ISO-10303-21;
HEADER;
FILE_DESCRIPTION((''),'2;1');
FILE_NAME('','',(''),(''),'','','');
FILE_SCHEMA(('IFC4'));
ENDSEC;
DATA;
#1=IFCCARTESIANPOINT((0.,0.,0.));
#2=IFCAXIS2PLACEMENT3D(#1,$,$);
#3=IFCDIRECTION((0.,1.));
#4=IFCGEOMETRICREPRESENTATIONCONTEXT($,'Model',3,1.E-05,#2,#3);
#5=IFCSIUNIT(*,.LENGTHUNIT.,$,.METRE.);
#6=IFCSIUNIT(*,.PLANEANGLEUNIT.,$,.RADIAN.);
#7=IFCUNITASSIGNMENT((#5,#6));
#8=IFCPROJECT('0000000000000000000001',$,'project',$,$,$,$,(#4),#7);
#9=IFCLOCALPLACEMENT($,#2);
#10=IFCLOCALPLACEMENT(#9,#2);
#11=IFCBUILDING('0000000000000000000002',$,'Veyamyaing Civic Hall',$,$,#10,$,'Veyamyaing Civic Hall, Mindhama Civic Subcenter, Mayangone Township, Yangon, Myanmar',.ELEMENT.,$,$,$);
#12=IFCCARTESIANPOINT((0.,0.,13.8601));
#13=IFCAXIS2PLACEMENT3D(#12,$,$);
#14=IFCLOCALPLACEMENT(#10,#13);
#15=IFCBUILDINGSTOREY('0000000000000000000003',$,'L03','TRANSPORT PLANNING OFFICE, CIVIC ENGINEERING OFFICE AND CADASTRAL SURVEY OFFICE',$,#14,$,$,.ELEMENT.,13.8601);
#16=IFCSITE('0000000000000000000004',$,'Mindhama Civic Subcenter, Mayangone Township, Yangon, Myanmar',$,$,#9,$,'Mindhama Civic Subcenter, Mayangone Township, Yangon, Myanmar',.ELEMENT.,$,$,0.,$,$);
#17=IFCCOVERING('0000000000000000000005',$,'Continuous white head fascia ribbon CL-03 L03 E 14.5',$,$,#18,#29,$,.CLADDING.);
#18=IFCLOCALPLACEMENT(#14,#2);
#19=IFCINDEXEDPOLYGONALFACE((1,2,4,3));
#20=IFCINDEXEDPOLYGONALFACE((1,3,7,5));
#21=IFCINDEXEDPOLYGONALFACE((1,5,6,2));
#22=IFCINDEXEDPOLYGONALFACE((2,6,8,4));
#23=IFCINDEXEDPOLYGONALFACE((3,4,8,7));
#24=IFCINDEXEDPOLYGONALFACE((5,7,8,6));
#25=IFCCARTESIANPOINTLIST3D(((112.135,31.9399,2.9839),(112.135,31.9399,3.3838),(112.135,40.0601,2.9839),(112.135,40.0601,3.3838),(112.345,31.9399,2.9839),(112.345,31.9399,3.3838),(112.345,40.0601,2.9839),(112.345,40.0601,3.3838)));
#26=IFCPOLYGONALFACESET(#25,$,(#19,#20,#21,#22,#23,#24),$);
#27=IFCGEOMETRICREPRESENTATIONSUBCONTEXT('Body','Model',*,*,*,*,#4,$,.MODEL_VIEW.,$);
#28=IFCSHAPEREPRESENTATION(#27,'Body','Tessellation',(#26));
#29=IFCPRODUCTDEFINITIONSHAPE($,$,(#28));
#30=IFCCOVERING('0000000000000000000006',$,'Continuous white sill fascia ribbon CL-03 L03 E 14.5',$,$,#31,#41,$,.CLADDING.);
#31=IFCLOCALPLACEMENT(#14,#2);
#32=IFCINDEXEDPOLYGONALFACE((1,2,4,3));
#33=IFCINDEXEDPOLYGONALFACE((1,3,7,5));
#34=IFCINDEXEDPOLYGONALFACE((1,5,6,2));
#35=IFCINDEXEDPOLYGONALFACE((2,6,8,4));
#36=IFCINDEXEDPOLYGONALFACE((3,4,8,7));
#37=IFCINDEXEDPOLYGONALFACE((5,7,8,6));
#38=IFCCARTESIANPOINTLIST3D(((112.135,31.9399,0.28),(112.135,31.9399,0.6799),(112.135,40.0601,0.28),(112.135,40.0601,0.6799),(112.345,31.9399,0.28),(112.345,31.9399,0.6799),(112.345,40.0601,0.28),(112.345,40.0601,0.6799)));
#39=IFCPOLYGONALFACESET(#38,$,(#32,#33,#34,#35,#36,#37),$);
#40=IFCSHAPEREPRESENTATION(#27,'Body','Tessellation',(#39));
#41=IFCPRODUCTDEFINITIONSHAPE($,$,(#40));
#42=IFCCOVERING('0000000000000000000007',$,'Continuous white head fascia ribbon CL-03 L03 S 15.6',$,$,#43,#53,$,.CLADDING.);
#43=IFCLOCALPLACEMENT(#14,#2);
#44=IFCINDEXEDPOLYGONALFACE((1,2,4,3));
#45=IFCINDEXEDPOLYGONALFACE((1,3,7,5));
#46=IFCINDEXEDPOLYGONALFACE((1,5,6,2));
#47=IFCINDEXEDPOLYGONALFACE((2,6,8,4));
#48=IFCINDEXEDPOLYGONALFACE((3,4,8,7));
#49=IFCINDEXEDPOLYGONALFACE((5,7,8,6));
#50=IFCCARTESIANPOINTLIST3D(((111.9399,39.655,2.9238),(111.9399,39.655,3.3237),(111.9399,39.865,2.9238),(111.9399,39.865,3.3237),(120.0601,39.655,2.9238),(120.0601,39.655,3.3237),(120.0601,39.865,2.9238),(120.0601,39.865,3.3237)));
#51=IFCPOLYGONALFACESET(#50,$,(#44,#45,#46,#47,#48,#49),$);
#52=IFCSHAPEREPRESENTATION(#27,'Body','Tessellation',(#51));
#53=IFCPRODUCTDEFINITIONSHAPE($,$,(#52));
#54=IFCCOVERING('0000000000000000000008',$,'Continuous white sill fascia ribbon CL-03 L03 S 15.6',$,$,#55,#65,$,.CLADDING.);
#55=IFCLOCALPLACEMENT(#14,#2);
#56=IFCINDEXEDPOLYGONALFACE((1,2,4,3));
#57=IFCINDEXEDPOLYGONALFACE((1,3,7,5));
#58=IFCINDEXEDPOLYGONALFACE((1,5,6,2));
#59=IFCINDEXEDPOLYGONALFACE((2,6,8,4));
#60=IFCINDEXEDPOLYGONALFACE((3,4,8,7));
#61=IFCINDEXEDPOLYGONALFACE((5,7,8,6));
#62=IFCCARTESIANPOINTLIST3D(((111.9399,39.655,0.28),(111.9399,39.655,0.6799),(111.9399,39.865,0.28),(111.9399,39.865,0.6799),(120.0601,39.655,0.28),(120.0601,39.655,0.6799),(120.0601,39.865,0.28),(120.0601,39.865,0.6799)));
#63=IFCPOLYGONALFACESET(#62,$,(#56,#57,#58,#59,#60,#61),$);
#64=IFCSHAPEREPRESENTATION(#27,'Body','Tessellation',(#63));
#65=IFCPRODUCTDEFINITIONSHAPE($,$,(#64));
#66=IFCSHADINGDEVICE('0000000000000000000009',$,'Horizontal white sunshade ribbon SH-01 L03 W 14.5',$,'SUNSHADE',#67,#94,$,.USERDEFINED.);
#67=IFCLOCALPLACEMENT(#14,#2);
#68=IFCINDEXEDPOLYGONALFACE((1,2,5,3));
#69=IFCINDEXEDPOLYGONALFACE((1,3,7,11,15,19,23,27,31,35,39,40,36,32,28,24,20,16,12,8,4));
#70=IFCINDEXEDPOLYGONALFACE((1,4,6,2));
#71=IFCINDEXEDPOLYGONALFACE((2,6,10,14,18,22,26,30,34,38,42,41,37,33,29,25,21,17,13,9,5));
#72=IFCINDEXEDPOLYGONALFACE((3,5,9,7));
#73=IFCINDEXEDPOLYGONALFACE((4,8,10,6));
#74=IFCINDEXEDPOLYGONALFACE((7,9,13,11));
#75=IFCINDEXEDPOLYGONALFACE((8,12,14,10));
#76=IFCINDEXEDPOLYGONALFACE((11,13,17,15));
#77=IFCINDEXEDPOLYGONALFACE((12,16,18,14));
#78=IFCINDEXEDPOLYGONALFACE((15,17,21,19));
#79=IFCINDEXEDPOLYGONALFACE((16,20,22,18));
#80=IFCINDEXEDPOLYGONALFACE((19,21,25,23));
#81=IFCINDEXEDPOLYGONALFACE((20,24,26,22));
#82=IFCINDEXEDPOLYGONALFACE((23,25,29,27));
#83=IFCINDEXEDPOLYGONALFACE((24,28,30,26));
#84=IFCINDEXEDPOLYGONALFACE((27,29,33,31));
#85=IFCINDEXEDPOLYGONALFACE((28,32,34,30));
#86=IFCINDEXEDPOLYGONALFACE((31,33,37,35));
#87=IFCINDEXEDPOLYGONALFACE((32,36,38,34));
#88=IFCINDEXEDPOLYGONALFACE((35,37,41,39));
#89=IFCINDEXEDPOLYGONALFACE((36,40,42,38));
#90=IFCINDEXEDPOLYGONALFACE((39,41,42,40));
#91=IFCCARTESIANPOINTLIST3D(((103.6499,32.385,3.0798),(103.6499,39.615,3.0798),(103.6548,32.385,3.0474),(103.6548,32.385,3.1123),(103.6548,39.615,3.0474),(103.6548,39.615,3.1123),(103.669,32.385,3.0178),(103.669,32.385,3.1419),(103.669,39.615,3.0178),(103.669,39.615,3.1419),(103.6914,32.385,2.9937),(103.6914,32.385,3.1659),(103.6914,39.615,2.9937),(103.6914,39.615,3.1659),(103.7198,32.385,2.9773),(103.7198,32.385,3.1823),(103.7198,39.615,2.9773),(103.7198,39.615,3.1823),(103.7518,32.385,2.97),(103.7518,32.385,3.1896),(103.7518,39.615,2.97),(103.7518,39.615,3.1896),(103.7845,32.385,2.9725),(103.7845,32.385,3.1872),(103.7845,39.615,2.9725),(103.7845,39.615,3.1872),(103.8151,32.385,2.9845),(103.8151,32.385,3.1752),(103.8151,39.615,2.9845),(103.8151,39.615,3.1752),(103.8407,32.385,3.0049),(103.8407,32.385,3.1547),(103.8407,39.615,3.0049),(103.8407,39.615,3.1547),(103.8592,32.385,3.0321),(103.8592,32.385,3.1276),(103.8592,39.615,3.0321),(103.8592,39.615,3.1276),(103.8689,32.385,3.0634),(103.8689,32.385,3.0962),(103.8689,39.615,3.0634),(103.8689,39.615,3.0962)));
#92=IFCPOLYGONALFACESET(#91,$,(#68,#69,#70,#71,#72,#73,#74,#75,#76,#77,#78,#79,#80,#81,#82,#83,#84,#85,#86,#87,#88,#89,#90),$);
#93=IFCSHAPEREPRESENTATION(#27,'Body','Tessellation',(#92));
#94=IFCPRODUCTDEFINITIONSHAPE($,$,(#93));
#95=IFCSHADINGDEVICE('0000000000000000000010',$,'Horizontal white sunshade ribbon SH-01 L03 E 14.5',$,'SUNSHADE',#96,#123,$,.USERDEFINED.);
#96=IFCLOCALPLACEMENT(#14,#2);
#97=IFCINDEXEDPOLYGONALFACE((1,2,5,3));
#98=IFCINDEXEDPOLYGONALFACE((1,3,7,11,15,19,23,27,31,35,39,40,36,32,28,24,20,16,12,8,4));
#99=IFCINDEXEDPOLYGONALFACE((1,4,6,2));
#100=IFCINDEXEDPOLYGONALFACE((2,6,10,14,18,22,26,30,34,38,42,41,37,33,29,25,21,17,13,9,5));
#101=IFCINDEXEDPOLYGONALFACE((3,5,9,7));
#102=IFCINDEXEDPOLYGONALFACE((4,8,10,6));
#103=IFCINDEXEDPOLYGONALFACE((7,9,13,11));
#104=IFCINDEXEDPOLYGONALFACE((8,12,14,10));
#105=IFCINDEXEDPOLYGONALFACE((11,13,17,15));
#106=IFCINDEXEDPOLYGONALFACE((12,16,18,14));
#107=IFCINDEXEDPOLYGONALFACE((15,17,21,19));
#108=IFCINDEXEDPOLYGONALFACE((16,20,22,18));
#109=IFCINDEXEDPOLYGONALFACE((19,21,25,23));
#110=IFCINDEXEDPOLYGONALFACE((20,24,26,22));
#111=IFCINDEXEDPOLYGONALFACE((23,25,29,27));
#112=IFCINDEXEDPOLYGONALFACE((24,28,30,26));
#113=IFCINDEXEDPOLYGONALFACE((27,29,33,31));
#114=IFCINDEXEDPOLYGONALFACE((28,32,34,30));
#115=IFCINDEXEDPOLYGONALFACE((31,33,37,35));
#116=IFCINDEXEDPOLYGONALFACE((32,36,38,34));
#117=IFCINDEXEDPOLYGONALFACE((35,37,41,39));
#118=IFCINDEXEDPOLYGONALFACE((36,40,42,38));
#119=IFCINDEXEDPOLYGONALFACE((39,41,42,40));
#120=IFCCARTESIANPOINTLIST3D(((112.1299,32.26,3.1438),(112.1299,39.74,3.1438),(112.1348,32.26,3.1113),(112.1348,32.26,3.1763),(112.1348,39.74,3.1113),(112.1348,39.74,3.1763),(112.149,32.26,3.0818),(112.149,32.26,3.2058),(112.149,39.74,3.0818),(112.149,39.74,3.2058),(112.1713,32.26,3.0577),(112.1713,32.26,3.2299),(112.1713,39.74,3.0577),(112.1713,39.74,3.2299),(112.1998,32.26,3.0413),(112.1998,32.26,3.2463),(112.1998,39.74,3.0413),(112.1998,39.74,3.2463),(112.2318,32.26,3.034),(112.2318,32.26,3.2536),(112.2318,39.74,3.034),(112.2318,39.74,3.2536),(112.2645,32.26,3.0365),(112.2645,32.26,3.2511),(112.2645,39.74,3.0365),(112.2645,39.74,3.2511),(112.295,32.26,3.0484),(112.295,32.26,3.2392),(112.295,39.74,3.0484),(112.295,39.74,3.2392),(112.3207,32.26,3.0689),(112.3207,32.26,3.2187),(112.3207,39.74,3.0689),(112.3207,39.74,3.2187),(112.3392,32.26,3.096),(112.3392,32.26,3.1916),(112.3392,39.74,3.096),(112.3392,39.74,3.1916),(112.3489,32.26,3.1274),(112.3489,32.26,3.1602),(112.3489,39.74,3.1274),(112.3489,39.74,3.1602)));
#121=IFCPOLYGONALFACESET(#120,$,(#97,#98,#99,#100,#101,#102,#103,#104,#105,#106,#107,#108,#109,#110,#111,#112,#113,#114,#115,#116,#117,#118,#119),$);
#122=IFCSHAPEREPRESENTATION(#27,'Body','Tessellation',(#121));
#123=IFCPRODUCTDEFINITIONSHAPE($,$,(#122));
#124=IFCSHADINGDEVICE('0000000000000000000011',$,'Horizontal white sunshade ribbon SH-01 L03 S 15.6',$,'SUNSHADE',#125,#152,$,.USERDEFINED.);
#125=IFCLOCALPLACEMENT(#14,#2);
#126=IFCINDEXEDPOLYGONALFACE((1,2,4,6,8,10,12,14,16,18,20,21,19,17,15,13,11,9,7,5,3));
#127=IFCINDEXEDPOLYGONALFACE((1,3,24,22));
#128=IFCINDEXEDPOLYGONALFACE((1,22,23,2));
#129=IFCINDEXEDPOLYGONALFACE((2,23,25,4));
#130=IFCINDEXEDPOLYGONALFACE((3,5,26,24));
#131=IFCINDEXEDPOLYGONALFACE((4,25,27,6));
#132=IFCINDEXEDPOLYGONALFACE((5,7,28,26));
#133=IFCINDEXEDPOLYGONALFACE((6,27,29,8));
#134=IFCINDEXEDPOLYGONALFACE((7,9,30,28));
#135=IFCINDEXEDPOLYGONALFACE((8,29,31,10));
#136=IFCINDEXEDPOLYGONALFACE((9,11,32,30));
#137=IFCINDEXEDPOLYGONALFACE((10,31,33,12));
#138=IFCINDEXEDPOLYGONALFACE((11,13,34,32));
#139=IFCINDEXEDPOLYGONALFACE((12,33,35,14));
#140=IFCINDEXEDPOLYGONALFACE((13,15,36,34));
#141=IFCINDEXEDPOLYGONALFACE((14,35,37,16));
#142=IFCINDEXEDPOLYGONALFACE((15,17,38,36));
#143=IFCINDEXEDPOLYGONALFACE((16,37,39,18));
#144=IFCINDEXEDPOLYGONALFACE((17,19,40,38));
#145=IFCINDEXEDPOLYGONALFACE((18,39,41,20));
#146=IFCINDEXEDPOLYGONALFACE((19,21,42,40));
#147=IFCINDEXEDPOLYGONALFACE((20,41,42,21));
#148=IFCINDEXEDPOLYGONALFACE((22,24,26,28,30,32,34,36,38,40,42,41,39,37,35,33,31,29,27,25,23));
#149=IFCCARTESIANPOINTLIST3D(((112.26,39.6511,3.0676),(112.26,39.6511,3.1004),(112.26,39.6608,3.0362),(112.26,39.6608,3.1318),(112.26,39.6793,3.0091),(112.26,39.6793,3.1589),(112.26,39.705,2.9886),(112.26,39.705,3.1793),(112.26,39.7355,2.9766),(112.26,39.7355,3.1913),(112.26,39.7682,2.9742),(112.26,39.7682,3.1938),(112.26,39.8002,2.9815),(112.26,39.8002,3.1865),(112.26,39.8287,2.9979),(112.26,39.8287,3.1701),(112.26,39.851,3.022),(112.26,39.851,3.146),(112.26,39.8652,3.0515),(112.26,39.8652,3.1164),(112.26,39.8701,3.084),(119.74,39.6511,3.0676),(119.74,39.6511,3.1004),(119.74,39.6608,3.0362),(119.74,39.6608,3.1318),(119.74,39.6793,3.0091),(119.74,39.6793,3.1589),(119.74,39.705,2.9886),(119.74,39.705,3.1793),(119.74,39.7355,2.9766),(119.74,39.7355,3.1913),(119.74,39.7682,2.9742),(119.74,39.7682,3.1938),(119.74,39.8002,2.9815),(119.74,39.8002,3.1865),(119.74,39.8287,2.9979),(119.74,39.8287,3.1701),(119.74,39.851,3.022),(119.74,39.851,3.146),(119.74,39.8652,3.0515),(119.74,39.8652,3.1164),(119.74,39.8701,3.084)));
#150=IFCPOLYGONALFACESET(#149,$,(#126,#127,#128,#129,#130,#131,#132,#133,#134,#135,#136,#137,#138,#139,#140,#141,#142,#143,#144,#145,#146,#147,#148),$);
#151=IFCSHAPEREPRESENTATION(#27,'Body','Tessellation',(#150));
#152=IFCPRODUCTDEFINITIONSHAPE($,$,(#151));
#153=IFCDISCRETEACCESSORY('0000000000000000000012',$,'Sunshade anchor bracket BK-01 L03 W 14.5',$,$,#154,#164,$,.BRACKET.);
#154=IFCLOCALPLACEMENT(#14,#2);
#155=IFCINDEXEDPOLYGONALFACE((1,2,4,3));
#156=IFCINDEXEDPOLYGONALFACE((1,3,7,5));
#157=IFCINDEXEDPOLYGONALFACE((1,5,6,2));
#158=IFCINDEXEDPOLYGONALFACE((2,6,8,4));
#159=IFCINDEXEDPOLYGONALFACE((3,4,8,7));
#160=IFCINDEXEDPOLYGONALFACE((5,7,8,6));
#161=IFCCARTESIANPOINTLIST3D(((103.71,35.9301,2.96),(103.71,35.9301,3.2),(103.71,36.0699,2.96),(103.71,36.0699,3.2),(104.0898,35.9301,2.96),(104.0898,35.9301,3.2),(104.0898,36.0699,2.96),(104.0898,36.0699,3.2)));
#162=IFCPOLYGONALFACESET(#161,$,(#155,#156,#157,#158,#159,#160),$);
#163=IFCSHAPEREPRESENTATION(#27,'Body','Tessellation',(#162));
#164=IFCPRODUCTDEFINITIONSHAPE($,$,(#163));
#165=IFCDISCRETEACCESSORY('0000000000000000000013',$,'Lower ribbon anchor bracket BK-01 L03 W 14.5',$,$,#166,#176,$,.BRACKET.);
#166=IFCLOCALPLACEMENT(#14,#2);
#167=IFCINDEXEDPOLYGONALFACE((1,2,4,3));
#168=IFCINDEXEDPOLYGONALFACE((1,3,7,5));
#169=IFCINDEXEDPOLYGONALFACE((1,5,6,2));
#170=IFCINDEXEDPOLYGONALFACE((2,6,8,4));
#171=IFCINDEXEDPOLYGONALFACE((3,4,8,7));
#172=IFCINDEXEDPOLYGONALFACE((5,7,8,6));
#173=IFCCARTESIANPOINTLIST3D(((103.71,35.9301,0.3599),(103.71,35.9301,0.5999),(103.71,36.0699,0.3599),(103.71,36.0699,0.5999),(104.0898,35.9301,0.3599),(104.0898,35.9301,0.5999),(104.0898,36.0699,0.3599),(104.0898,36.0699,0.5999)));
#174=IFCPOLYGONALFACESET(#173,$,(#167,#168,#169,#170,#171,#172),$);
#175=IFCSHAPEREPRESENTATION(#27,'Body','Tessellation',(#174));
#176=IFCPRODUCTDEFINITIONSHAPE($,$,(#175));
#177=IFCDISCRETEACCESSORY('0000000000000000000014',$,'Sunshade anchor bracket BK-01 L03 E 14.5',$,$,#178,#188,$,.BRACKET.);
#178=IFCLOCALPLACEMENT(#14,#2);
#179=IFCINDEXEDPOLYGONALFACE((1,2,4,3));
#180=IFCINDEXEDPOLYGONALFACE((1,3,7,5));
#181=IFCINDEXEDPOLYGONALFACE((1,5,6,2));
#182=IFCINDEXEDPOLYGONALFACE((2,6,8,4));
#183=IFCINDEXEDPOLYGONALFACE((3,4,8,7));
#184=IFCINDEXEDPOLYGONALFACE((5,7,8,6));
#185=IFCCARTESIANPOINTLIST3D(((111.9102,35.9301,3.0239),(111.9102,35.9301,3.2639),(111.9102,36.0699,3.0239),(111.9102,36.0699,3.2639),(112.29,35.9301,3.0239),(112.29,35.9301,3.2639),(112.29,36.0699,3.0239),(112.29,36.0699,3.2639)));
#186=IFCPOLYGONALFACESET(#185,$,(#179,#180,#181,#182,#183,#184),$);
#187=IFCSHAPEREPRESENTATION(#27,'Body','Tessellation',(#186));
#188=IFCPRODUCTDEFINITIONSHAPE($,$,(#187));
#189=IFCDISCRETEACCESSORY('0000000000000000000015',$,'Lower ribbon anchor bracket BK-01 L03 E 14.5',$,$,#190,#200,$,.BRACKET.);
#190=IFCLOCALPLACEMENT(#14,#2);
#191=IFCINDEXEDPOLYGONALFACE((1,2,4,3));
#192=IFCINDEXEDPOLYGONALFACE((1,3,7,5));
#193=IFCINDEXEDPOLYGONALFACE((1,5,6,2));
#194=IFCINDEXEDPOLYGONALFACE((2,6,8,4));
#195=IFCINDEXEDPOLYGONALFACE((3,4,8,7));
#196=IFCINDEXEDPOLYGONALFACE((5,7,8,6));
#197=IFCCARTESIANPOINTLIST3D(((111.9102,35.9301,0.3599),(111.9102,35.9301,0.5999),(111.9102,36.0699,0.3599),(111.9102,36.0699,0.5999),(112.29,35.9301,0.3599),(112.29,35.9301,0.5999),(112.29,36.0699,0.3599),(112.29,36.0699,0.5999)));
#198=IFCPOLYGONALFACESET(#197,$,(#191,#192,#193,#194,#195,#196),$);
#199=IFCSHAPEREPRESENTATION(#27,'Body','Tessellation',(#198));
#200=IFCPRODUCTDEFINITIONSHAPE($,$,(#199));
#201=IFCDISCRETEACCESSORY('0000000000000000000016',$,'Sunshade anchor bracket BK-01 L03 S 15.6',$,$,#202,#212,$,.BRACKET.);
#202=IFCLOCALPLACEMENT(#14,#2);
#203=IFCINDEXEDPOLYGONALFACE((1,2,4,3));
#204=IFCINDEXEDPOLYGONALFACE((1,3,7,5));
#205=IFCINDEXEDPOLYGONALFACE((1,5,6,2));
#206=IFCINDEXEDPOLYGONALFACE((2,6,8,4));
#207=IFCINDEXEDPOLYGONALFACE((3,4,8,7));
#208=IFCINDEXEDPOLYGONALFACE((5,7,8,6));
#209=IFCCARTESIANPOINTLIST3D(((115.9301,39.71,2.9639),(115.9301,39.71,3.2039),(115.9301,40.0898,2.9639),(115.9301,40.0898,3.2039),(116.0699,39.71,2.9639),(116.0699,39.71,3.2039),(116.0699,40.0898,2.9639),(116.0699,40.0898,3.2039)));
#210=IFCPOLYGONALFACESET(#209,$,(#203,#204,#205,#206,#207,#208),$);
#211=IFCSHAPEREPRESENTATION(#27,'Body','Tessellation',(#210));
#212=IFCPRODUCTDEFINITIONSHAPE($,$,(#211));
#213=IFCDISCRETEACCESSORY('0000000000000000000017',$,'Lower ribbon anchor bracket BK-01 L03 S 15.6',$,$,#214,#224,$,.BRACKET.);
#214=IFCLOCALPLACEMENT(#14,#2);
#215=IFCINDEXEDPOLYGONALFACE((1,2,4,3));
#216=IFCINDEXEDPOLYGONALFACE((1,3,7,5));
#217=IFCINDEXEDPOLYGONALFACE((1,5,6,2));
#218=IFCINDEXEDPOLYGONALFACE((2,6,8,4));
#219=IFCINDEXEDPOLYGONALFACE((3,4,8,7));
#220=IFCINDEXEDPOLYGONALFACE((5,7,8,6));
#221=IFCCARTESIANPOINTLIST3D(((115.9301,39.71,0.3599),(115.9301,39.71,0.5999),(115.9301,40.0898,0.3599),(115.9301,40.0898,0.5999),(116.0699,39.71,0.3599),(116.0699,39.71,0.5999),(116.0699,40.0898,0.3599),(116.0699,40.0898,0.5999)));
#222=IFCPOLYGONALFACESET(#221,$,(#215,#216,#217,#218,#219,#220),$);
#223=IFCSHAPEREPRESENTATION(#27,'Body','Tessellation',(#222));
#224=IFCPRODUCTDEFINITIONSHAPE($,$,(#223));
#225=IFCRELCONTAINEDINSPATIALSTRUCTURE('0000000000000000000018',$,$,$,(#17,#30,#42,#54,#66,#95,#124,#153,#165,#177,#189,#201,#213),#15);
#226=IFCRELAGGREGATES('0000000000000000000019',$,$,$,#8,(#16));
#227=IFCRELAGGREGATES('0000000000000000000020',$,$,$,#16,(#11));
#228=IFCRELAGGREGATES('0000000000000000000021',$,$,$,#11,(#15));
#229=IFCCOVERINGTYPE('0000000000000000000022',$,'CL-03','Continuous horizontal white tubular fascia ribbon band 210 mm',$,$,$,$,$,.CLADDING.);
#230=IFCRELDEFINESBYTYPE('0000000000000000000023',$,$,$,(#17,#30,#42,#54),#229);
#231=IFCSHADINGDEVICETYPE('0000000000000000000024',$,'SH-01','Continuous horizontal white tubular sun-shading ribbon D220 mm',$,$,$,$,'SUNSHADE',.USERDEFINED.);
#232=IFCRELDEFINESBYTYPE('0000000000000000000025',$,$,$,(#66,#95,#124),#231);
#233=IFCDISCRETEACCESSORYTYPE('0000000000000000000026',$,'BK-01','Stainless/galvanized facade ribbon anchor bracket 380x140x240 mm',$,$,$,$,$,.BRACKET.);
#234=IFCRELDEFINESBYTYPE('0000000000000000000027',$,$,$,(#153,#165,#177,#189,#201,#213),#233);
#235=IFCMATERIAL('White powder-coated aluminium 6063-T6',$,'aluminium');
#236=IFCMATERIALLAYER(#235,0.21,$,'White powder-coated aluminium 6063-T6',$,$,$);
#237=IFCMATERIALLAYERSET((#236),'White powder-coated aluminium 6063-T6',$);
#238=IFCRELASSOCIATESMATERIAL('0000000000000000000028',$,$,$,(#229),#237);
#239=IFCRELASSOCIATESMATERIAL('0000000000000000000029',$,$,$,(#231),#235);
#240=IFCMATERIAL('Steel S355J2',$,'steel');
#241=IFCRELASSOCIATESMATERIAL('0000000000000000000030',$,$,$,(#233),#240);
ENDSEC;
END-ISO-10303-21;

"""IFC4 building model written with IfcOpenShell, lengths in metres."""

from ifc_helpers import new_model, si_unit, direction, frame, origin, origin_2d, place, context, subcontext, project, spatial, rectangle, circle, extrude, material, layer, layer_set, material_profile, profile_set, type_object, element, save


model = new_model("IFC4")

# Units and contexts
model_context = context("Model", 3, precision=1e-05, world=origin(), true_north=direction((0.0, 1.0)))
body_context = subcontext(model_context, "Body", "Model", "MODEL_VIEW")
ifc_project = project(units=[si_unit("LENGTHUNIT", "METRE"), si_unit("PLANEANGLEUNIT", "RADIAN")], contexts=[model_context])

# Site, building, storey
site_placement = place(None, origin())
site = spatial("IfcSite", under=ifc_project, at=site_placement, Name="Mindhama Civic Subcenter, Mayangone Township, Yangon, Myanmar", LongName="Mindhama Civic Subcenter, Mayangone Township, Yangon, Myanmar", CompositionType="ELEMENT", RefElevation=0.0)
building_placement = place(site_placement, origin())
building = spatial("IfcBuilding", under=site, at=building_placement, Name="Veyamyaing Civic Hall", LongName="Veyamyaing Civic Hall, Mindhama Civic Subcenter, Mayangone Township, Yangon, Myanmar", CompositionType="ELEMENT")
storey_placement = place(building_placement, frame((0.0, 0.0, 13.8601)))
storey = spatial("IfcBuildingStorey", under=building, at=storey_placement, Name="L03", Description="TRANSPORT PLANNING OFFICE, CIVIC ENGINEERING OFFICE AND CADASTRAL SURVEY OFFICE", CompositionType="ELEMENT", Elevation=13.8601)

# Shared definitions
ifc_material_1 = material(Name="Steel S355J2", Category="steel")

# Coverings
ifc_material_2 = material(Name="White powder-coated aluminium 6063-T6", Category="aluminium")
ifc_layer_1 = layer(ifc_material_2, 0.21, Name="White powder-coated aluminium 6063-T6")
ifc_layer_set_1 = layer_set([ifc_layer_1], Name="White powder-coated aluminium 6063-T6")
covering_type_1 = type_object("IfcCoveringType", Name="CL-03", Description="Continuous horizontal white tubular fascia ribbon band 210 mm", PredefinedType="CLADDING", material=ifc_layer_set_1)
for number, where, z_axis, x_axis, name in (
    (1, (112.24, 36.0, 2.9839), (0.0, 0.0, 1.0), (0.0, 1.0, 0.0), "Continuous white head fascia ribbon CL-03 L03 E 14.5"),
    (2, (112.24, 36.0, 0.28), (0.0, 0.0, 1.0), (0.0, 1.0, 0.0), "Continuous white sill fascia ribbon CL-03 L03 E 14.5"),
    (3, (116.0, 39.76, 2.9238), (0.0, 0.0, 1.0), (1.0, 0.0, 0.0), "Continuous white head fascia ribbon CL-03 L03 S 15.6"),
    (4, (116.0, 39.76, 0.28), (0.0, 0.0, 1.0), (1.0, 0.0, 0.0), "Continuous white sill fascia ribbon CL-03 L03 S 15.6"),
):
    element("IfcCovering", number, at=place(storey_placement, frame(where, z_axis=z_axis, x_axis=x_axis)), inside=storey, type_object=covering_type_1, Name=name, PredefinedType="CLADDING", context=body_context, shape_type="SweptSolid", body=[
        extrude(rectangle(XDim=8.1201, YDim=0.21, at=origin_2d()), origin(), (0.0, 0.0, 1.0), 0.3999),
    ])

# Shading devices
ifc_material_profile_1 = material_profile(ifc_material_2, circle(Radius=0.1101, at=origin_2d()), Name="SHADE-TUBE-220")
ifc_profile_set_1 = profile_set([ifc_material_profile_1], Name="White powder-coated aluminium 6063-T6")
shading_device_type = type_object("IfcShadingDeviceType", Name="SH-01", Description="Continuous horizontal white tubular sun-shading ribbon D220 mm", ElementType="SUNSHADE", PredefinedType="USERDEFINED", material=ifc_profile_set_1)
shading_device_placement = place(storey_placement, frame((103.76, 32.385, 3.0798), z_axis=(0.0, 1.0, 0.0), x_axis=(-1.0, 0.0, 0.0)))
element("IfcShadingDevice", 5, at=shading_device_placement, inside=storey, type_object=shading_device_type, Name="Horizontal white sunshade ribbon SH-01 L03 W 14.5", ObjectType="SUNSHADE", PredefinedType="USERDEFINED", context=body_context, shape_type="SweptSolid", body=[
    extrude(circle(Radius=0.1101, at=origin_2d()), origin(), (0.0, 0.0, 1.0), 7.23),
])
for number, where, z_axis, x_axis, name in (
    (6, (112.24, 32.26, 3.1438), (0.0, 1.0, 0.0), (-1.0, 0.0, 0.0), "Horizontal white sunshade ribbon SH-01 L03 E 14.5"),
    (7, (112.26, 39.76, 3.084), (1.0, 0.0, 0.0), (0.0, 1.0, 0.0), "Horizontal white sunshade ribbon SH-01 L03 S 15.6"),
):
    element("IfcShadingDevice", number, at=place(storey_placement, frame(where, z_axis=z_axis, x_axis=x_axis)), inside=storey, type_object=shading_device_type, Name=name, ObjectType="SUNSHADE", PredefinedType="USERDEFINED", context=body_context, shape_type="SweptSolid", body=[
        extrude(circle(Radius=0.1101, at=origin_2d()), origin(), (0.0, 0.0, 1.0), 7.48),
    ])

# Discrete accessories
discrete_accessory_type = type_object("IfcDiscreteAccessoryType", Name="BK-01", Description="Stainless/galvanized facade ribbon anchor bracket 380x140x240 mm", PredefinedType="BRACKET", material=ifc_material_1)
for number, where, z_axis, x_axis, name in (
    (8, (103.8999, 36.0, 2.96), (0.0, 0.0, 1.0), (-1.0, 0.0, 0.0), "Sunshade anchor bracket BK-01 L03 W 14.5"),
    (9, (103.8999, 36.0, 0.3599), (0.0, 0.0, 1.0), (-1.0, 0.0, 0.0), "Lower ribbon anchor bracket BK-01 L03 W 14.5"),
    (10, (112.1001, 36.0, 3.0239), (0.0, 0.0, 1.0), (1.0, 0.0, 0.0), "Sunshade anchor bracket BK-01 L03 E 14.5"),
    (11, (112.1001, 36.0, 0.3599), (0.0, 0.0, 1.0), (1.0, 0.0, 0.0), "Lower ribbon anchor bracket BK-01 L03 E 14.5"),
    (12, (116.0, 39.8999, 2.9639), (0.0, 0.0, 1.0), (0.0, -1.0, 0.0), "Sunshade anchor bracket BK-01 L03 S 15.6"),
    (13, (116.0, 39.8999, 0.3599), (0.0, 0.0, 1.0), (0.0, -1.0, 0.0), "Lower ribbon anchor bracket BK-01 L03 S 15.6"),
):
    element("IfcDiscreteAccessory", number, at=place(storey_placement, frame(where, z_axis=z_axis, x_axis=x_axis)), inside=storey, type_object=discrete_accessory_type, Name=name, PredefinedType="BRACKET", context=body_context, shape_type="SweptSolid", body=[
        extrude(rectangle(XDim=0.3799, YDim=0.1399, at=origin_2d()), origin(), (0.0, 0.0, 1.0), 0.24),
    ])

save(model, "model.ifc")
